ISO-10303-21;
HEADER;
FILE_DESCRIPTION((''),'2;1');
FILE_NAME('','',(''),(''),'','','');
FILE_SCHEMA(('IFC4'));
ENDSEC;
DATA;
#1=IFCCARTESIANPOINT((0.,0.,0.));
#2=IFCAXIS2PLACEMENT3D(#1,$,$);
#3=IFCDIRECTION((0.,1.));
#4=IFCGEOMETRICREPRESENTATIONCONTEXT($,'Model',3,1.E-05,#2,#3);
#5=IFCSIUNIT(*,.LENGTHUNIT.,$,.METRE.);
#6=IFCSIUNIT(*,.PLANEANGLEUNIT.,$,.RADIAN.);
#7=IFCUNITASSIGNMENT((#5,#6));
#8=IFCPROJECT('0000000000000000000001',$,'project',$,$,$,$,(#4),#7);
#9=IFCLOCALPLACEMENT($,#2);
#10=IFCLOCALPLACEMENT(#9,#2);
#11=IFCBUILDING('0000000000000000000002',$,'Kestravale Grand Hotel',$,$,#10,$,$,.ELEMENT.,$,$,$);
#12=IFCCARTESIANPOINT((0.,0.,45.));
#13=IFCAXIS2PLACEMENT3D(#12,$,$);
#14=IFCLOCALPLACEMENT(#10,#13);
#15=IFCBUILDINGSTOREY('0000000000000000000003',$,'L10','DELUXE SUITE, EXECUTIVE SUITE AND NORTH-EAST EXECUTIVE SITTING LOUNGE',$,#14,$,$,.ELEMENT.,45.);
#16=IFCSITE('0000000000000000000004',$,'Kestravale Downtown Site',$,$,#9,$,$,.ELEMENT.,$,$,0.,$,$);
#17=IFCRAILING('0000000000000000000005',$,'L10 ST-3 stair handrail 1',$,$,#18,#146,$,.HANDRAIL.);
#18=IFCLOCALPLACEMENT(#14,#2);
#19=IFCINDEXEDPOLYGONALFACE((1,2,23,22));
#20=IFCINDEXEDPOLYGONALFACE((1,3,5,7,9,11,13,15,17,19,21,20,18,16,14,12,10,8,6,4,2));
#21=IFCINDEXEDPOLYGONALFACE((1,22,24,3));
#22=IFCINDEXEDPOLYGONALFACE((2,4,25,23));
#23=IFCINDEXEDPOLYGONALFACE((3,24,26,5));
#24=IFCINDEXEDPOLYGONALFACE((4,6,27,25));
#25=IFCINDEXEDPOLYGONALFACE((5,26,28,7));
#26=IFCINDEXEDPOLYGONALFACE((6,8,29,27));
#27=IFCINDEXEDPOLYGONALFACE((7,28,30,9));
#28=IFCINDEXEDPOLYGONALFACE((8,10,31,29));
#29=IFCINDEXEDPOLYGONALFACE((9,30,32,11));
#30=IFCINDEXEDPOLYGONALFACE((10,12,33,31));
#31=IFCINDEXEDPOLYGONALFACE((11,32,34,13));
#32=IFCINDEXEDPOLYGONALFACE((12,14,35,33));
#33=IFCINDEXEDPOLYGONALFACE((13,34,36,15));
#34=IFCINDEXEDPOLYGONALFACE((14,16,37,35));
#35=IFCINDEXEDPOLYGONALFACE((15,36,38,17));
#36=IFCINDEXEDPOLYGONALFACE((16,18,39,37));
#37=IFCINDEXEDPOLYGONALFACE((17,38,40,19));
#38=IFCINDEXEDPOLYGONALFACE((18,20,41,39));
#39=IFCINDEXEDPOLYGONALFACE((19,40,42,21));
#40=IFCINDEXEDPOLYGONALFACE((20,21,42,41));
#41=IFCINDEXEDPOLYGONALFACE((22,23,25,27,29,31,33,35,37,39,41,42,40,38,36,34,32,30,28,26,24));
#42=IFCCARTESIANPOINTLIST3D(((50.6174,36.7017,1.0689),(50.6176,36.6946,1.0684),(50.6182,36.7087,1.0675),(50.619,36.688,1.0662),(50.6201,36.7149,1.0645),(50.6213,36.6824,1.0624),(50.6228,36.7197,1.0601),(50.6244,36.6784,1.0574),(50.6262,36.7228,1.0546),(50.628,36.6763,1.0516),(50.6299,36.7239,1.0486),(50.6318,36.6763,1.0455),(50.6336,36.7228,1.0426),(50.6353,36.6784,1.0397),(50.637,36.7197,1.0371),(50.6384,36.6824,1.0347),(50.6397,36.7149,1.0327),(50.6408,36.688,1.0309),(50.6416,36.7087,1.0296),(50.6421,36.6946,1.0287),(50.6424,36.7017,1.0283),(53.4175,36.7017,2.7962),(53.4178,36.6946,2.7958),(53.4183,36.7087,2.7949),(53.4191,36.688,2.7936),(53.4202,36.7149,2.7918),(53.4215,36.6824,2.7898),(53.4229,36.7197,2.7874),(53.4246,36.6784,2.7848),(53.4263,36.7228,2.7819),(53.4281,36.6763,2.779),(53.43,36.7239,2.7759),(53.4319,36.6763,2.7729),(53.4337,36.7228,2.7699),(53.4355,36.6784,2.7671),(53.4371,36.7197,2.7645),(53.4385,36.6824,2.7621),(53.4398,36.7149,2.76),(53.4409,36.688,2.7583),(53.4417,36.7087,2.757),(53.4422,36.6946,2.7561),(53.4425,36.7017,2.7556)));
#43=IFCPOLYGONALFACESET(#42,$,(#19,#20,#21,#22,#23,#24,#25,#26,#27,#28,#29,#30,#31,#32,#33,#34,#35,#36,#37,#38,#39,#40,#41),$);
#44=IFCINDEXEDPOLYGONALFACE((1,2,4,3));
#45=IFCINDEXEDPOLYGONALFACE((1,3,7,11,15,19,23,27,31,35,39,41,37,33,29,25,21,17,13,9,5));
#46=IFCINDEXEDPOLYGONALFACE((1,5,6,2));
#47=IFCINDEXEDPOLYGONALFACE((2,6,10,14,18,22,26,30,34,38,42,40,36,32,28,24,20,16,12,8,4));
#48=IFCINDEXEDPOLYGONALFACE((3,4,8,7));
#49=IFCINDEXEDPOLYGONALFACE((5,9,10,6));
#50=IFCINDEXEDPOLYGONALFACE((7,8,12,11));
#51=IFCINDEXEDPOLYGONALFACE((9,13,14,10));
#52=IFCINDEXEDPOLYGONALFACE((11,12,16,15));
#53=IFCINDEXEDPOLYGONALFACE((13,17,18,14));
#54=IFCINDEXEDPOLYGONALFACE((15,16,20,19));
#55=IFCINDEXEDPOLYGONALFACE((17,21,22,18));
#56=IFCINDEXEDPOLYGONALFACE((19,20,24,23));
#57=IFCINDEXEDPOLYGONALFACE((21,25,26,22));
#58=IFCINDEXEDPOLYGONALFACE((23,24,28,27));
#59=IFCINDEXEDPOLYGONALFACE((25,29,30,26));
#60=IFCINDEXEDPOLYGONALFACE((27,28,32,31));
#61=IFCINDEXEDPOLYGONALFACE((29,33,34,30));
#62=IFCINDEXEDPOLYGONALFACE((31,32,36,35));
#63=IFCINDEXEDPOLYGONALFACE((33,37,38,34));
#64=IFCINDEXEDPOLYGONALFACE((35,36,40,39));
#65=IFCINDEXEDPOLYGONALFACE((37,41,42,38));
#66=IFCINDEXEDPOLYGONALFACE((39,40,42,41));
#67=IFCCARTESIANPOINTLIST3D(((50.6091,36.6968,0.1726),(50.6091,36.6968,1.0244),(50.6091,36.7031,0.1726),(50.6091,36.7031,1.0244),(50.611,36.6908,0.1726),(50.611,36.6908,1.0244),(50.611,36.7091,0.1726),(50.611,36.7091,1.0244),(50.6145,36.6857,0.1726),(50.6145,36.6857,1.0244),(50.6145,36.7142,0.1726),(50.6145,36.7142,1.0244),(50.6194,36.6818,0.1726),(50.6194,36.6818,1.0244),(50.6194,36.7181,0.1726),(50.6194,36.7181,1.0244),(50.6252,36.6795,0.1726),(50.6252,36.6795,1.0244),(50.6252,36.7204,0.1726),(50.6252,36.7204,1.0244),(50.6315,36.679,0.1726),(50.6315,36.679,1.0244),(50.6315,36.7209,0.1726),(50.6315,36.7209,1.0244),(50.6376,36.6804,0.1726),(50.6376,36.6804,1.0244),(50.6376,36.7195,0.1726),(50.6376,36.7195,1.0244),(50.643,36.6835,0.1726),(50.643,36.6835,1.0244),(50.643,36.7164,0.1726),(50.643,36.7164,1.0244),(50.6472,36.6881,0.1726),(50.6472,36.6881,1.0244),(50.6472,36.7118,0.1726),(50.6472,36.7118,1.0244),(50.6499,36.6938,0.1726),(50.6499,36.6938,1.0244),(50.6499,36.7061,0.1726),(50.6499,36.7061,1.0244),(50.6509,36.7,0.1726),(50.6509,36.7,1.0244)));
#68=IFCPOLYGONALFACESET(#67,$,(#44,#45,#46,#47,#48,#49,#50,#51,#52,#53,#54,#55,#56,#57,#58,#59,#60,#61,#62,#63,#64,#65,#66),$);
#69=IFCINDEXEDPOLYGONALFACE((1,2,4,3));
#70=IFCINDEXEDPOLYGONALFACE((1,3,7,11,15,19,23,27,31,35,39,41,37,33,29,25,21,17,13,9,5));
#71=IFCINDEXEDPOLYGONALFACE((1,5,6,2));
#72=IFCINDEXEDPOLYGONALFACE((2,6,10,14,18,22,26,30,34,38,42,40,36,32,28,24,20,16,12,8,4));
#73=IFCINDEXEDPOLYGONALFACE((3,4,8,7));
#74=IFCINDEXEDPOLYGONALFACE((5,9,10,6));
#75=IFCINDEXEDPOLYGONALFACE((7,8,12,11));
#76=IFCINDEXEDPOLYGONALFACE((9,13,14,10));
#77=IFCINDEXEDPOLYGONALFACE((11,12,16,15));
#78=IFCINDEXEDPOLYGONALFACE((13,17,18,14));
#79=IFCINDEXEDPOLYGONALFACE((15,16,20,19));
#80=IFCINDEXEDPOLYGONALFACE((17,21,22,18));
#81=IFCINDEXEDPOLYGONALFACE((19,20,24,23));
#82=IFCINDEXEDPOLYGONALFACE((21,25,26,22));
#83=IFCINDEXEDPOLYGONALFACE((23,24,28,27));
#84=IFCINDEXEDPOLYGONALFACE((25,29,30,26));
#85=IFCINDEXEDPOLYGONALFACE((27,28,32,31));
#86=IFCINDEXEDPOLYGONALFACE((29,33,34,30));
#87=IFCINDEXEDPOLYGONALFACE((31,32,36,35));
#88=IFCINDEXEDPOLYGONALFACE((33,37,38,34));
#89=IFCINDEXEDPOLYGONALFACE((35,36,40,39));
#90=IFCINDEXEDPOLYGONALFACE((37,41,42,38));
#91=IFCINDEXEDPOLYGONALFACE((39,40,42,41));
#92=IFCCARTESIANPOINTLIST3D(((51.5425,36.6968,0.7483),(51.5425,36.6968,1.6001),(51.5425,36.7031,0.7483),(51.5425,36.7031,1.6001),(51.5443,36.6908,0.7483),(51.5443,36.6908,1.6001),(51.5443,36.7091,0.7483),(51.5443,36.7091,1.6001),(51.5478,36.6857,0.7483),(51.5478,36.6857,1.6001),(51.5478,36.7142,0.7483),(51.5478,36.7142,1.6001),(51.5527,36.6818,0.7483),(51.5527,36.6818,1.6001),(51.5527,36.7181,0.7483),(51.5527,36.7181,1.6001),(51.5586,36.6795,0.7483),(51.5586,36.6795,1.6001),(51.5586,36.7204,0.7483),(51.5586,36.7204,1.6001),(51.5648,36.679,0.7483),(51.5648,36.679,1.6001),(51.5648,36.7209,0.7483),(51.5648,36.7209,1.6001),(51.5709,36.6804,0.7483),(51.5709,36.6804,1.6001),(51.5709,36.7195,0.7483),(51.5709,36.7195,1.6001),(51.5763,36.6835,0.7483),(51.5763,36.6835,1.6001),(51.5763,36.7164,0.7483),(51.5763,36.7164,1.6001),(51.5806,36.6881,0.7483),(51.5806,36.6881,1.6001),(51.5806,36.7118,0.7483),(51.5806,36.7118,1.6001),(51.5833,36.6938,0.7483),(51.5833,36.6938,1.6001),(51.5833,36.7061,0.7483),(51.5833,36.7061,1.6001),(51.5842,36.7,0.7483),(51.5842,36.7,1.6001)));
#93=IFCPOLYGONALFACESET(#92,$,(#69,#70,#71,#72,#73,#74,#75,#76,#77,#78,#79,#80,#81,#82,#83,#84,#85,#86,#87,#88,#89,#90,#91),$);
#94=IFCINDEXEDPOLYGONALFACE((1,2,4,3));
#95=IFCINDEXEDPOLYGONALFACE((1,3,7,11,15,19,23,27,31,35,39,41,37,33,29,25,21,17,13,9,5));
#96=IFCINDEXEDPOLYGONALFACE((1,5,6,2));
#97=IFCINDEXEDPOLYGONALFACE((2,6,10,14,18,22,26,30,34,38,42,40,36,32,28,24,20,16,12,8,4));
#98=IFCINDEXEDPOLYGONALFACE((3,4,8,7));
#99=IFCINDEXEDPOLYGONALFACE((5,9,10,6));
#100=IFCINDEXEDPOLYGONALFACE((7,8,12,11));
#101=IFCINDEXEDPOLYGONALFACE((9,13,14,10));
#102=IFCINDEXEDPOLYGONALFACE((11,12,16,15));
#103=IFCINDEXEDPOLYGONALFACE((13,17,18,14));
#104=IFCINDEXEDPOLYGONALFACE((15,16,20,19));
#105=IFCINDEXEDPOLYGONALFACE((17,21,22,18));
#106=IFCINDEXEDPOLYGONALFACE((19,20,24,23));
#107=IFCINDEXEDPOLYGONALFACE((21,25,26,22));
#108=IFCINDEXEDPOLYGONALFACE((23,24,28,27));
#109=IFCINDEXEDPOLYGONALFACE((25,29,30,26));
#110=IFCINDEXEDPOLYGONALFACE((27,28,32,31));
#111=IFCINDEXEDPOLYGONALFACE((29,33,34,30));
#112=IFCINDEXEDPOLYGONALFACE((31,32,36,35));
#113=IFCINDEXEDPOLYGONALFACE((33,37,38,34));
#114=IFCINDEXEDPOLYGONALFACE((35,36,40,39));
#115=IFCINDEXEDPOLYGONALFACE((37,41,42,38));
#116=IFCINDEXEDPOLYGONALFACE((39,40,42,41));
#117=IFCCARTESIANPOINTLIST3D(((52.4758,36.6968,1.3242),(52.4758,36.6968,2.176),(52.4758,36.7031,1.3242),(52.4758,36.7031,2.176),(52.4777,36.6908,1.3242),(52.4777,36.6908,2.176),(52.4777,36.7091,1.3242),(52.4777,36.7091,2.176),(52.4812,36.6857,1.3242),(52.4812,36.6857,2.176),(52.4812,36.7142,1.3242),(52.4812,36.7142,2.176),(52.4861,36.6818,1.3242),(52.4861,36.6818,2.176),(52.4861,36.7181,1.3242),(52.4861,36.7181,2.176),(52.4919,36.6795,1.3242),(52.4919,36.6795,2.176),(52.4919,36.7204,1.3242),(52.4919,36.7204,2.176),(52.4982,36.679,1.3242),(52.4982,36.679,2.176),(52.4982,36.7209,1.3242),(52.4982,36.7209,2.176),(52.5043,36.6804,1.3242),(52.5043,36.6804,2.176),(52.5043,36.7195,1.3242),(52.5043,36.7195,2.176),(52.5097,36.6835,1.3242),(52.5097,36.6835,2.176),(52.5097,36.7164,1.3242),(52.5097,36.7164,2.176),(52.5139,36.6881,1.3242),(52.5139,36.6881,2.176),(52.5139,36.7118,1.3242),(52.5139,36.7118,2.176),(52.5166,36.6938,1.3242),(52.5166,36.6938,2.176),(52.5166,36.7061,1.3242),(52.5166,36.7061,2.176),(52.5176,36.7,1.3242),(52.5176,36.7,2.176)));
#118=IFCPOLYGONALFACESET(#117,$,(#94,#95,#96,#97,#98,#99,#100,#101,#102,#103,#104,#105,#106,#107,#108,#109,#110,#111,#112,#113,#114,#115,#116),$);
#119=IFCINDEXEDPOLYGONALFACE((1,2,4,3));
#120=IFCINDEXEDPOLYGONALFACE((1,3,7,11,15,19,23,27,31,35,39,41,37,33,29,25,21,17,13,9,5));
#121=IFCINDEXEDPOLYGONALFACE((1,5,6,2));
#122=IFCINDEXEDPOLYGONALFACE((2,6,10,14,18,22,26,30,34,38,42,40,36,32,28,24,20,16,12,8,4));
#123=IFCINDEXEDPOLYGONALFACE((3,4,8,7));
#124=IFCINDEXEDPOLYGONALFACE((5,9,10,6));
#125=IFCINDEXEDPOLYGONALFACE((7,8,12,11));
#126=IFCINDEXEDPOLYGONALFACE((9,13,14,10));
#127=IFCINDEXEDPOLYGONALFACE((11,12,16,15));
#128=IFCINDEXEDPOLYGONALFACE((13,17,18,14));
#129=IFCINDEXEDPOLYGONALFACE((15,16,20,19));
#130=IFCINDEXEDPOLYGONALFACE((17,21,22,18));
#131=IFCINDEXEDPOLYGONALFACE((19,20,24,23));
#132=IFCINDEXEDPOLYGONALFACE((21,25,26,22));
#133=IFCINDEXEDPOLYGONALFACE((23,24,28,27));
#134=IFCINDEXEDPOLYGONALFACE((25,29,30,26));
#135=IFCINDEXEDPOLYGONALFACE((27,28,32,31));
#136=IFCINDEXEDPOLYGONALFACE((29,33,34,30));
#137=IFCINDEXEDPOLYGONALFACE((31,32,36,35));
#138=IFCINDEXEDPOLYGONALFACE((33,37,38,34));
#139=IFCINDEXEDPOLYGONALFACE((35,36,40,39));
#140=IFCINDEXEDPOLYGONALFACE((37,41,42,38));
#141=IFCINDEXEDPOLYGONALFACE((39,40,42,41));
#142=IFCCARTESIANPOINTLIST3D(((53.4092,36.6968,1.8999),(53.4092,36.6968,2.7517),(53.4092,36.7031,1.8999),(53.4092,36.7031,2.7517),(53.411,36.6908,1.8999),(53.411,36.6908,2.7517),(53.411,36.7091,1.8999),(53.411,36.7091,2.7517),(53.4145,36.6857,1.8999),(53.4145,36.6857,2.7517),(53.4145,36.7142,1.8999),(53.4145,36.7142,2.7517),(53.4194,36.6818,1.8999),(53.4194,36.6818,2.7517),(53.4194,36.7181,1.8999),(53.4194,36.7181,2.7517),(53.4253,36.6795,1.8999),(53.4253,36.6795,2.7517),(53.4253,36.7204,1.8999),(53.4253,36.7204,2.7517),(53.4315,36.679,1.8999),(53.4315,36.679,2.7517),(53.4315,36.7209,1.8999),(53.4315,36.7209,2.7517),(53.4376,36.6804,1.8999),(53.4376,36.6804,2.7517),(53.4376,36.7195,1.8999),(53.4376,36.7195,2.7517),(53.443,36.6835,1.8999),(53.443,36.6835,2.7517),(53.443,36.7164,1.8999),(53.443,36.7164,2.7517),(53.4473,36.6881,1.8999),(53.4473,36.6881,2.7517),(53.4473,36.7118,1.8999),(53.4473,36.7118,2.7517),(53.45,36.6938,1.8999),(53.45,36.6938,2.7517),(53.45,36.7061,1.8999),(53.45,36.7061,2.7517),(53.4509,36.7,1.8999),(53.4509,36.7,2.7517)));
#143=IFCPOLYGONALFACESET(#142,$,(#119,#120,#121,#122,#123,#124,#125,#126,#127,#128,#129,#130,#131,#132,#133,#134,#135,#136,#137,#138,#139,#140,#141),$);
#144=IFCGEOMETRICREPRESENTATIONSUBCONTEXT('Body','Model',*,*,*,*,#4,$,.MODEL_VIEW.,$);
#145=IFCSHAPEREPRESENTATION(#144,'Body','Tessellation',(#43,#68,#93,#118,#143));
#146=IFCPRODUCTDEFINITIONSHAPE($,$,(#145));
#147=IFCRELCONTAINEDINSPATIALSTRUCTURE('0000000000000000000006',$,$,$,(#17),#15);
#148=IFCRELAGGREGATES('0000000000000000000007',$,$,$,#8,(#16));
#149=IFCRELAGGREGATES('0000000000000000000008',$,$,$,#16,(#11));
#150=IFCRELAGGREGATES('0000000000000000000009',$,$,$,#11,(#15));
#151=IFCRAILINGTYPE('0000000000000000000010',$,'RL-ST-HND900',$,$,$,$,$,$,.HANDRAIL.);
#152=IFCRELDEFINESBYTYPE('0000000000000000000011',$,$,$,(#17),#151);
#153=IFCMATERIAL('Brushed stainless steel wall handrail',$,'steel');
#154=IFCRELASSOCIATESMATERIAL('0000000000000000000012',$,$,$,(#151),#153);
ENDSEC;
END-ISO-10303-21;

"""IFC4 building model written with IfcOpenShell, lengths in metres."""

from ifc_helpers import new_model, si_unit, direction, frame, origin, origin_2d, place, context, subcontext, project, spatial, circle, extrude, material, type_object, element, save


model = new_model("IFC4")

# Units and contexts
model_context = context("Model", 3, precision=1e-05, world=origin(), true_north=direction((0.0, 1.0)))
body_context = subcontext(model_context, "Body", "Model", "MODEL_VIEW")
ifc_project = project(units=[si_unit("LENGTHUNIT", "METRE"), si_unit("PLANEANGLEUNIT", "RADIAN")], contexts=[model_context])

# Site, building, storey
site_placement = place(None, origin())
site = spatial("IfcSite", under=ifc_project, at=site_placement, Name="Kestravale Downtown Site", CompositionType="ELEMENT", RefElevation=0.0)
building_placement = place(site_placement, origin())
building = spatial("IfcBuilding", under=site, at=building_placement, Name="Kestravale Grand Hotel", CompositionType="ELEMENT")
storey_placement = place(building_placement, frame((0.0, 0.0, 45.0)))
storey = spatial("IfcBuildingStorey", under=building, at=storey_placement, Name="L10", Description="DELUXE SUITE, EXECUTIVE SUITE AND NORTH-EAST EXECUTIVE SITTING LOUNGE", CompositionType="ELEMENT", Elevation=45.0)

# Railing
ifc_material_1 = material(Name="Brushed stainless steel wall handrail", Category="steel")
railing_type_1 = type_object("IfcRailingType", Name="RL-ST-HND900", PredefinedType="HANDRAIL", material=ifc_material_1)
railing_1_placement = place(storey_placement, frame((50.6299, 36.7, 0.1726)))
element("IfcRailing", 1, at=railing_1_placement, inside=storey, type_object=railing_type_1, Name="L10 ST-3 stair handrail 1", PredefinedType="HANDRAIL", context=body_context, shape_type="SweptSolid", body=[
    extrude(circle(Radius=0.0239, at=origin_2d()), frame((0.0, 0.0, 0.876), z_axis=(0.85109, 0.0, 0.52502), x_axis=(0.0, 1.0, 0.0)), (0.0, 0.0, 1.0), 3.29),
    extrude(circle(Radius=0.021, at=origin_2d()), origin(), (0.0, 0.0, 1.0), 0.8518),
    extrude(circle(Radius=0.021, at=origin_2d()), frame((0.9333, 0.0, 0.5757)), (0.0, 0.0, 1.0), 0.8518),
    extrude(circle(Radius=0.021, at=origin_2d()), frame((1.8667, 0.0, 1.1516)), (0.0, 0.0, 1.0), 0.8518),
    extrude(circle(Radius=0.021, at=origin_2d()), frame((2.8, 0.0, 1.7273)), (0.0, 0.0, 1.0), 0.8518),
])

save(model, "model.ifc")
